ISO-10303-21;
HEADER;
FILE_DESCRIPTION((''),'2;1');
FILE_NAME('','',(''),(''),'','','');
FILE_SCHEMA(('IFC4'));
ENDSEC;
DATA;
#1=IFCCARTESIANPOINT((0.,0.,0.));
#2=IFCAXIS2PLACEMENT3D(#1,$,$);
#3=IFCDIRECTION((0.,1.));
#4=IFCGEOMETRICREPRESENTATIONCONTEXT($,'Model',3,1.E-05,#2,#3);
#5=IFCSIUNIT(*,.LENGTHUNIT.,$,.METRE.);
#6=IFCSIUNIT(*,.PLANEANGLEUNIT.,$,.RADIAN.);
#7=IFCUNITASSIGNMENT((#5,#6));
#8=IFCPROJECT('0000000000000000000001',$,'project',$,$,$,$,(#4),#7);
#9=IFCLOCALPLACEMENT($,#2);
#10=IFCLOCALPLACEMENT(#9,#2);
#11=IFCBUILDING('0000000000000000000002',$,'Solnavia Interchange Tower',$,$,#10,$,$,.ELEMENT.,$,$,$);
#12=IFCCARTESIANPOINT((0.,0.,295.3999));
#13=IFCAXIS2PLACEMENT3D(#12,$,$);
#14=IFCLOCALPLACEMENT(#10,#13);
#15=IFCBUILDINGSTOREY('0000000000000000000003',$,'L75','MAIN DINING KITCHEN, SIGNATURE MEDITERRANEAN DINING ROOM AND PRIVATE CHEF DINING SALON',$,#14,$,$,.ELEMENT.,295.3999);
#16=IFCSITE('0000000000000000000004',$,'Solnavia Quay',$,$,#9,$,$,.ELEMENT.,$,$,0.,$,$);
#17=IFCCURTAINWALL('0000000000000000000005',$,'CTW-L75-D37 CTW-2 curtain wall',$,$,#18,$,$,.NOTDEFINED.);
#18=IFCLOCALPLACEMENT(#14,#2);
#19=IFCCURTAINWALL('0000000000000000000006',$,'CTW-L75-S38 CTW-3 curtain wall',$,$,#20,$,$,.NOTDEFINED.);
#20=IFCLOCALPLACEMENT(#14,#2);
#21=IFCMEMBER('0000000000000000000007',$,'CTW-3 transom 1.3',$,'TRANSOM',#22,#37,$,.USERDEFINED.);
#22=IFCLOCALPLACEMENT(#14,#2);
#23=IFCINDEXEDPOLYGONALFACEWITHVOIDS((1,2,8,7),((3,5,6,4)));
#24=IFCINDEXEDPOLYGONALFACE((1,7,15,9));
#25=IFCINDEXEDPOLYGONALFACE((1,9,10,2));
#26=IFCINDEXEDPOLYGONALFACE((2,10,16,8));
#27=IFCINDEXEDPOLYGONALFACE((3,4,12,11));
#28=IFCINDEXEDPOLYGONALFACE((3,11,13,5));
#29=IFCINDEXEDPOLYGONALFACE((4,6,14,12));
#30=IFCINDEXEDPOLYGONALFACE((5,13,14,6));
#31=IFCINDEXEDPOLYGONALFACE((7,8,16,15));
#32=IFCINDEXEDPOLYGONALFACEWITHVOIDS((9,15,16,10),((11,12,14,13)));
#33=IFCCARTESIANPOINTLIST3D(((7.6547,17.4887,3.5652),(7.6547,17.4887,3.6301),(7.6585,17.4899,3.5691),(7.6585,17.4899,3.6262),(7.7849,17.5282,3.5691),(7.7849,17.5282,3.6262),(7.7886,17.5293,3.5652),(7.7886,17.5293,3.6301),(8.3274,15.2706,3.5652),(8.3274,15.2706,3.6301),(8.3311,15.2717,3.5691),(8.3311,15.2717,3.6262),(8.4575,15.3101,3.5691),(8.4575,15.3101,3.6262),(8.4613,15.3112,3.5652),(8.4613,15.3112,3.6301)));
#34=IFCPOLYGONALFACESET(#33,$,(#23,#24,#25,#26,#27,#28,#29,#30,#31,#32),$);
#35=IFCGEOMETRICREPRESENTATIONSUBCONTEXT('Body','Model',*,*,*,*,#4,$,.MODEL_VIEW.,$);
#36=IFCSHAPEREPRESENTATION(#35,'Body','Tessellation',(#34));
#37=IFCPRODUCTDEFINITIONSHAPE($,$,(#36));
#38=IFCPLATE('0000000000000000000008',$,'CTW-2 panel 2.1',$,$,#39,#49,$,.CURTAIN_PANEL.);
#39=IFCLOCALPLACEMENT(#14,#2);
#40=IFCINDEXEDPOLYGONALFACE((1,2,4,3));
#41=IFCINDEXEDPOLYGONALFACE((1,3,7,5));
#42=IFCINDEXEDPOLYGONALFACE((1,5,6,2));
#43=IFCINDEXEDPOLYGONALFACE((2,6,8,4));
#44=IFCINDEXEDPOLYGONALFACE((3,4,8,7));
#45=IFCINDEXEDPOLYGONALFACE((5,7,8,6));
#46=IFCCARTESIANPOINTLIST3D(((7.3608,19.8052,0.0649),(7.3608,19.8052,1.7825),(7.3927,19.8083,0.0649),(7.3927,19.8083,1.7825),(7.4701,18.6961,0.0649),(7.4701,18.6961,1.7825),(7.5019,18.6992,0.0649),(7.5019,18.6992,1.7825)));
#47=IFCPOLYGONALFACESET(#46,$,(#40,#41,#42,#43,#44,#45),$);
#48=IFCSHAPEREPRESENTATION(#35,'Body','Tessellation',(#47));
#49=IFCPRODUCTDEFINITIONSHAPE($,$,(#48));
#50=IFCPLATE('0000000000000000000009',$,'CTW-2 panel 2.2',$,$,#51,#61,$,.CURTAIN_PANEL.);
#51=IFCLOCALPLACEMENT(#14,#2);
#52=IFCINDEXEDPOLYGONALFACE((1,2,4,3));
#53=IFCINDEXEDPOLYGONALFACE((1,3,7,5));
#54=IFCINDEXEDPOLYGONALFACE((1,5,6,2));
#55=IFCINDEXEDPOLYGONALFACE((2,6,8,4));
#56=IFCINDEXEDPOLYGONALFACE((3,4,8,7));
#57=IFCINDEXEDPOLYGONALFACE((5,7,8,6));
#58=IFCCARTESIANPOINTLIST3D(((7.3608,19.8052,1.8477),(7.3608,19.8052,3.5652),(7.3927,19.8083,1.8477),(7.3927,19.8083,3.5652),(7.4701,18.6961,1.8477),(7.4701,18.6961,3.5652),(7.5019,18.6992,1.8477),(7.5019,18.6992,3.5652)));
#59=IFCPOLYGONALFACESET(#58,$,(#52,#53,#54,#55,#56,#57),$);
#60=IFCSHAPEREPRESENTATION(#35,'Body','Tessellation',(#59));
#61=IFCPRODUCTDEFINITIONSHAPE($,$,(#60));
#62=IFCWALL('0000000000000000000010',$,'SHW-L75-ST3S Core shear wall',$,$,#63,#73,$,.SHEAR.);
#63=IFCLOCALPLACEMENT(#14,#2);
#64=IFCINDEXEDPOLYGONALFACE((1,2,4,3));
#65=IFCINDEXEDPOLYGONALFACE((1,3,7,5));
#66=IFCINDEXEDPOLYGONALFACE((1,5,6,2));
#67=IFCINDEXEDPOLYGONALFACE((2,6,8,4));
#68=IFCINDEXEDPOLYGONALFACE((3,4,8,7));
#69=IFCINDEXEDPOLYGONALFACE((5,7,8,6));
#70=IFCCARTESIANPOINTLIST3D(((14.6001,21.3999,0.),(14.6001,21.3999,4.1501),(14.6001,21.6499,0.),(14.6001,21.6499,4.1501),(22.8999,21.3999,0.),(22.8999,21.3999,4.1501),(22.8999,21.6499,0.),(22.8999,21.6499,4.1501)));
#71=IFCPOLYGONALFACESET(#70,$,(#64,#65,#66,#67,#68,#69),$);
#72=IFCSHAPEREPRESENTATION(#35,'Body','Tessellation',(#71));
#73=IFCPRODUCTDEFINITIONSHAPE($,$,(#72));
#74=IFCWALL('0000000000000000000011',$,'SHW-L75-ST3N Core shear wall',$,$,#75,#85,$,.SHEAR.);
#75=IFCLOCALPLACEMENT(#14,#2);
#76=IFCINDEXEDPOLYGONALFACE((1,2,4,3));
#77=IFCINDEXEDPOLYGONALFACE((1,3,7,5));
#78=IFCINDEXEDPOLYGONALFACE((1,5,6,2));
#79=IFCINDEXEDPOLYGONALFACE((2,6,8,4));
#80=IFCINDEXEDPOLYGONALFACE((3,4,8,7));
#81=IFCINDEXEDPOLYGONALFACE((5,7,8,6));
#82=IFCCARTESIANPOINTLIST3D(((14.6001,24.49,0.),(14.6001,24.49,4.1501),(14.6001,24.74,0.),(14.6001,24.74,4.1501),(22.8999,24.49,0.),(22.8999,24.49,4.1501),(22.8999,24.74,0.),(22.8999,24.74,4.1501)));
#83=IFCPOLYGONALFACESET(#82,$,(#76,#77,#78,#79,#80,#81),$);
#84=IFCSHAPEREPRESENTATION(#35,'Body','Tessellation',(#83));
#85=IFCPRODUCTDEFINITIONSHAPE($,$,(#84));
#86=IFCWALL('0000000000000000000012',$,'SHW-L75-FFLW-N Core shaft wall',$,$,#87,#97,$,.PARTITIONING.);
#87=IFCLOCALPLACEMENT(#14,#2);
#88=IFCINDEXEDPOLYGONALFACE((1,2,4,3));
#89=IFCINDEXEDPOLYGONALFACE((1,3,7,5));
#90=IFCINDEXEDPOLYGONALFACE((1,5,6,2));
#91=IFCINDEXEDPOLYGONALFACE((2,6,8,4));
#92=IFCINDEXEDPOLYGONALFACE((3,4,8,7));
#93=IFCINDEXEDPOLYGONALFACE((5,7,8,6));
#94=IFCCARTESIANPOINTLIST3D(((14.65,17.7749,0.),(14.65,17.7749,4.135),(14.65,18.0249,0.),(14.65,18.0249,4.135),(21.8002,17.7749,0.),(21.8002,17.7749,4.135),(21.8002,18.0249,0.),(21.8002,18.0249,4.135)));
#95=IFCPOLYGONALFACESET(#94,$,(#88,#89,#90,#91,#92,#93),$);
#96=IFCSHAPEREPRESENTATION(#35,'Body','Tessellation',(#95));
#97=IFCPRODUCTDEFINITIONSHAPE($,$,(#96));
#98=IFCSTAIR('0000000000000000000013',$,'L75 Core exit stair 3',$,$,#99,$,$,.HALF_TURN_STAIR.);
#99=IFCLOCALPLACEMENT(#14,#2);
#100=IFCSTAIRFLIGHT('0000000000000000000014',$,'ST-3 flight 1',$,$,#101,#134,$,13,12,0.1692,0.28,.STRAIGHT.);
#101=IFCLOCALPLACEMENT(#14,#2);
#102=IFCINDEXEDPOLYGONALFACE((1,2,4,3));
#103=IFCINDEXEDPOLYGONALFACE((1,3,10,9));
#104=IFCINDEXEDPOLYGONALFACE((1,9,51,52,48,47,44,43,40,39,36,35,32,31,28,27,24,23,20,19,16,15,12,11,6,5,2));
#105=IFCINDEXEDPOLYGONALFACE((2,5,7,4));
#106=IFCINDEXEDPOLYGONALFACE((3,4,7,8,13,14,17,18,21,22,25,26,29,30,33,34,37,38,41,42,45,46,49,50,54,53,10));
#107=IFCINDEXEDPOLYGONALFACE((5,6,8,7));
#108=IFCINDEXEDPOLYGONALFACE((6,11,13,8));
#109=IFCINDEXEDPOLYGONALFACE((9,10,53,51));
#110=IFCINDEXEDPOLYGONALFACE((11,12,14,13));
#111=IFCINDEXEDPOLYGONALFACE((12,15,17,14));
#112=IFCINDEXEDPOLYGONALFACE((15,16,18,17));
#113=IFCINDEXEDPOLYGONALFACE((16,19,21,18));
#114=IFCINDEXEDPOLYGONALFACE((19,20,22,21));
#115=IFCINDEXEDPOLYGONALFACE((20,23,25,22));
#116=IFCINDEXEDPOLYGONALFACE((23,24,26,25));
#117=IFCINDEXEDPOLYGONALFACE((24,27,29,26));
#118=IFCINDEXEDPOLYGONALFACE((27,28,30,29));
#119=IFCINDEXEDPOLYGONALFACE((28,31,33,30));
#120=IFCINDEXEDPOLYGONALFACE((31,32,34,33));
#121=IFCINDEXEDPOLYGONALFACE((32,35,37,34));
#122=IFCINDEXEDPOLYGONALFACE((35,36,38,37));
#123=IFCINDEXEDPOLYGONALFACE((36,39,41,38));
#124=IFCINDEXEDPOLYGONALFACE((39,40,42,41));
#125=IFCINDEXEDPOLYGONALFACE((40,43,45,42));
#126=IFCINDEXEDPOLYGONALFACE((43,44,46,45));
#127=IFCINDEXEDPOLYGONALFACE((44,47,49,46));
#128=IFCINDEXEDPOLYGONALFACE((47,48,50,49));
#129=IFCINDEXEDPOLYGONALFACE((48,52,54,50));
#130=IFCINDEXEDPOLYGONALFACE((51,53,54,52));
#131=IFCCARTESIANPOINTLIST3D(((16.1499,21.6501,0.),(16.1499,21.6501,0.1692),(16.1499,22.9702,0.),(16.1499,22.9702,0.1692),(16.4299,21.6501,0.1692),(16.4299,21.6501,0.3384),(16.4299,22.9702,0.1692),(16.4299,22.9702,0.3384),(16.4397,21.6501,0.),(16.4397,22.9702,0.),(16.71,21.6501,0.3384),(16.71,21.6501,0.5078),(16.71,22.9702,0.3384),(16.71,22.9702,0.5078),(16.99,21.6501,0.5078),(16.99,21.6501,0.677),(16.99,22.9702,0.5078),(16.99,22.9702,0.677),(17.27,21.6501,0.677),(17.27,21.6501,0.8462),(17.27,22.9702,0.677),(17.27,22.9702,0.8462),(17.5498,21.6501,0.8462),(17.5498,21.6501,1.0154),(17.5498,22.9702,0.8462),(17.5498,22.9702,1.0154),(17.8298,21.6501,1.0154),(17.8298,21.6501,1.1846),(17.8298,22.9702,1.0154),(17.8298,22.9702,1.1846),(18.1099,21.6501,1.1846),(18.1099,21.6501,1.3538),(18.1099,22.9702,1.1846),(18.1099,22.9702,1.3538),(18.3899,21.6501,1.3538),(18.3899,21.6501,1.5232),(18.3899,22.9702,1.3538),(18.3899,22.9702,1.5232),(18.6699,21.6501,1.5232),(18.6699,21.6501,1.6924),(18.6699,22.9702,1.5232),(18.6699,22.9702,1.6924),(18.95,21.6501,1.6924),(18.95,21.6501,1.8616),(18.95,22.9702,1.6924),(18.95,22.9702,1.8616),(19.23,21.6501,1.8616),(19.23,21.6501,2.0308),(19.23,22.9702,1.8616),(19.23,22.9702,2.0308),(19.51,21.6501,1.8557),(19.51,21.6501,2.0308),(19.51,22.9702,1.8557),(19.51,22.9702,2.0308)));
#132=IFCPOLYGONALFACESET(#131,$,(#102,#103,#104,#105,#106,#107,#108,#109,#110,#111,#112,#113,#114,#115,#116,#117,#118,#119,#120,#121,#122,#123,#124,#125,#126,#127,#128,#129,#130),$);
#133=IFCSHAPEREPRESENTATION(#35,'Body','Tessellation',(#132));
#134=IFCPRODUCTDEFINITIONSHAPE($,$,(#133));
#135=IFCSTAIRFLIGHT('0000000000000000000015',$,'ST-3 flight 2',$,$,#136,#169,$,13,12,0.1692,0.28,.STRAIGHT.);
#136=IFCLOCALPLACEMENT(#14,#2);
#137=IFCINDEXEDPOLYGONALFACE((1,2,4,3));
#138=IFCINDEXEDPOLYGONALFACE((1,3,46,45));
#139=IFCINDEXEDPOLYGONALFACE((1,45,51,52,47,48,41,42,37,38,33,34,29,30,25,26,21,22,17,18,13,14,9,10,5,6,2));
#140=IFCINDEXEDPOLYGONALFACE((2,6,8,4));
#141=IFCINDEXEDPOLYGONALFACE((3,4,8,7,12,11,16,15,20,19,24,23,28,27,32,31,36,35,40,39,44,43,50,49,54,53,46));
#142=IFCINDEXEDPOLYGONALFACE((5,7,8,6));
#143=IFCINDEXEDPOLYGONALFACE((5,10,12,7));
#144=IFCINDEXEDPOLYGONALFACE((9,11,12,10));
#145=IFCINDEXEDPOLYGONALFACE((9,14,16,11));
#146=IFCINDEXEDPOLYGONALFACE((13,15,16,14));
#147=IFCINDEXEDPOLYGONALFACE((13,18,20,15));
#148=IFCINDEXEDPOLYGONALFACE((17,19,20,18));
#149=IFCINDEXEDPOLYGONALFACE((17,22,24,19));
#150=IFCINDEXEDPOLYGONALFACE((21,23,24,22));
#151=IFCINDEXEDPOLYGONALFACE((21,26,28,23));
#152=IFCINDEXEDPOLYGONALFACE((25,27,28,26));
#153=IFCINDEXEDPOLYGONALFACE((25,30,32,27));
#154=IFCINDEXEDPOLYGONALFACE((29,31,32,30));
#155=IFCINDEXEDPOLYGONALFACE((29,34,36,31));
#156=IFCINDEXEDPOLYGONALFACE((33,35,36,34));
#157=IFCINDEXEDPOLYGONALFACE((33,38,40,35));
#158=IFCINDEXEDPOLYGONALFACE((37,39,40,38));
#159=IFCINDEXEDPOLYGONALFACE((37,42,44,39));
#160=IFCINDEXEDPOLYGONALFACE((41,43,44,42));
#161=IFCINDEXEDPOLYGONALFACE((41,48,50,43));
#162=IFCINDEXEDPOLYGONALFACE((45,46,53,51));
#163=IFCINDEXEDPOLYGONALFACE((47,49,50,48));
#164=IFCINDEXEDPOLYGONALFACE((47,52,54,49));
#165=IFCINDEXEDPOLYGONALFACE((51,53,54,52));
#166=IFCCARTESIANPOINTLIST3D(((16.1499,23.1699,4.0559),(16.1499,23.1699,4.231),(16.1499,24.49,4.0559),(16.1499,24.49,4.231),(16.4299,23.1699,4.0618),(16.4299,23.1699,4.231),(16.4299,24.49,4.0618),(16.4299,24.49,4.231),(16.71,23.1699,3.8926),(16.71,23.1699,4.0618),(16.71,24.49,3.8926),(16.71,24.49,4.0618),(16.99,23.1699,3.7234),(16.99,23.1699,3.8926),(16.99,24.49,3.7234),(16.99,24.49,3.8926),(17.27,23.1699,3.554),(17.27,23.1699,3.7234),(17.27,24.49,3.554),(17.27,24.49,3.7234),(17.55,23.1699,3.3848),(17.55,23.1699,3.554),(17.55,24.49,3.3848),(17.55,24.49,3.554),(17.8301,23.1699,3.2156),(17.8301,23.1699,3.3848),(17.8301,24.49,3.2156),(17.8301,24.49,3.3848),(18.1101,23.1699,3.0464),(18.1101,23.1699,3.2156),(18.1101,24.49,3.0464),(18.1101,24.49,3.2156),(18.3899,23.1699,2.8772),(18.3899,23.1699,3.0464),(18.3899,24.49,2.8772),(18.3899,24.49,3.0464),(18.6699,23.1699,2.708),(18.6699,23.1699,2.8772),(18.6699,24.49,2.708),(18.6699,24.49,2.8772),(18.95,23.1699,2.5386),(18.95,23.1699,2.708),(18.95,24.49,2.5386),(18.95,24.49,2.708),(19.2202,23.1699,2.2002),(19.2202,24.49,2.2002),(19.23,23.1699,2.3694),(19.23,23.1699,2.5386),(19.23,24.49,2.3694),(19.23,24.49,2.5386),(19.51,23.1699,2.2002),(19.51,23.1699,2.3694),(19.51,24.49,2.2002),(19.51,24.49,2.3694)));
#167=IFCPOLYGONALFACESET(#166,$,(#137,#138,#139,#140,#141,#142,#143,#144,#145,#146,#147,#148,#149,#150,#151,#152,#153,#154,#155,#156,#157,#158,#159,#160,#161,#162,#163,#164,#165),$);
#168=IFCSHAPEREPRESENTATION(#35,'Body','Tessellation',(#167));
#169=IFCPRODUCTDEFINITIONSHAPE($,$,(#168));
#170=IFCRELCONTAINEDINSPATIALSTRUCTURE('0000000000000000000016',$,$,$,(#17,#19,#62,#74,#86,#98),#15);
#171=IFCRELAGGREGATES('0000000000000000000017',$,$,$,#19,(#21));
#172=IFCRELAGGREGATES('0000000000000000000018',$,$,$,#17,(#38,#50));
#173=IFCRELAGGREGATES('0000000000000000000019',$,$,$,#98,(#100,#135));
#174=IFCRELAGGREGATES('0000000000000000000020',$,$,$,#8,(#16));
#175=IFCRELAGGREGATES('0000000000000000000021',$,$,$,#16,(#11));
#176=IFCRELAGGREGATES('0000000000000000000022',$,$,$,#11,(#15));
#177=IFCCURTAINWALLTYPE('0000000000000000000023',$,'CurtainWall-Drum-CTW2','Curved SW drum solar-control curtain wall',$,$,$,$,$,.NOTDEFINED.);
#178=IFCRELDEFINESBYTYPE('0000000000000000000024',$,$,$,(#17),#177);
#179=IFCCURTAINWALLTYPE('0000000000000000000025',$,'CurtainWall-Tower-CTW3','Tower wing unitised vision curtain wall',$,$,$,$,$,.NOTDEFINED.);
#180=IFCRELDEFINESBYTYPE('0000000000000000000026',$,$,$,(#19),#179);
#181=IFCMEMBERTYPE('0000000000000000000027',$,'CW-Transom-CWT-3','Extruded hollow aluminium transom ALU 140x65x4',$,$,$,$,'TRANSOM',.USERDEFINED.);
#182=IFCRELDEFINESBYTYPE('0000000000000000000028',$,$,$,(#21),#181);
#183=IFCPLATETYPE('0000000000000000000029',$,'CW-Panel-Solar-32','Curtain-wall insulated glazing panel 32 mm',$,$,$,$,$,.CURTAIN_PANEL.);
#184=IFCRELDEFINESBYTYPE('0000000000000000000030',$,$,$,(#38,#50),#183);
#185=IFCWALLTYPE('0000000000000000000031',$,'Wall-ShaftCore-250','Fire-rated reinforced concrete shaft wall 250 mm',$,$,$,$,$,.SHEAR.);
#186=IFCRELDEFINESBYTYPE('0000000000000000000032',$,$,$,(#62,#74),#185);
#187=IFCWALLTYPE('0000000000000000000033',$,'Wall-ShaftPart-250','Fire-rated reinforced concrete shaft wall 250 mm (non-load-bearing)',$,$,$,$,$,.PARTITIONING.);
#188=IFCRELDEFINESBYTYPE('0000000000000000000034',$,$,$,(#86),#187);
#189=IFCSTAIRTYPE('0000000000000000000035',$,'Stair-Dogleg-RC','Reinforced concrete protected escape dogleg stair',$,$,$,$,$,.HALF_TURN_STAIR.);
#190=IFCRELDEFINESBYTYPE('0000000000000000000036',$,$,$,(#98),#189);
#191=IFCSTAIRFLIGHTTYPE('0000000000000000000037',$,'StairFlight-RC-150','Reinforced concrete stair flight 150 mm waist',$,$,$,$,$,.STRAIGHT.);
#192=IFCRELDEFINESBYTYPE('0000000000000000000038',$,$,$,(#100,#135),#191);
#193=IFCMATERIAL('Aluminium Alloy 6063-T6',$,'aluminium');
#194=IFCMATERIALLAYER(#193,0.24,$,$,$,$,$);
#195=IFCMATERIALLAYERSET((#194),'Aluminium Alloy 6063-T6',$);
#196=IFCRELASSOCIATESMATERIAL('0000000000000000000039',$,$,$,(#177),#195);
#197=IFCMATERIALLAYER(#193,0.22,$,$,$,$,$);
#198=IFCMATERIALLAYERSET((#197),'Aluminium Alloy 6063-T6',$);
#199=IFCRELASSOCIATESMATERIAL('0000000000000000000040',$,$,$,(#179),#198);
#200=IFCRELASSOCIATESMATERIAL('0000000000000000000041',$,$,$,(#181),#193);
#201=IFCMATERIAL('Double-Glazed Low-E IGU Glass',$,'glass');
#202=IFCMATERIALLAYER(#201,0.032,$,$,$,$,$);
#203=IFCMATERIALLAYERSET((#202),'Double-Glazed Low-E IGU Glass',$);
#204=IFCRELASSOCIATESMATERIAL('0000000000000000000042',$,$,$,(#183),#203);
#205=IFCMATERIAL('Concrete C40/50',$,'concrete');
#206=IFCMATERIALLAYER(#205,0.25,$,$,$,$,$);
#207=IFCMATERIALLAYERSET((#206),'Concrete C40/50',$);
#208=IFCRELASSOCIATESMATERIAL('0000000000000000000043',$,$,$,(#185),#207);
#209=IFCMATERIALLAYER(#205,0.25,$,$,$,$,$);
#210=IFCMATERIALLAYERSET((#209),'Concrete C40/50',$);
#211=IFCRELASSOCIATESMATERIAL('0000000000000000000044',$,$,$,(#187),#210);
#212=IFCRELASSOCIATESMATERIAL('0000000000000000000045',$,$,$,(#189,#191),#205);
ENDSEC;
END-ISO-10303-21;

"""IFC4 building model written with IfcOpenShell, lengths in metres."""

from ifc_helpers import new_model, si_unit, direction, frame, frame_2d, origin, origin_2d, place, context, subcontext, project, spatial, polyline, rectangle, hollow_rectangle, outline, extrude, material, layer, layer_set, material_profile, profile_set, type_object, element, aggregate, save


model = new_model("IFC4")

# Units and contexts
model_context = context("Model", 3, precision=1e-05, world=origin(), true_north=direction((0.0, 1.0)))
body_context = subcontext(model_context, "Body", "Model", "MODEL_VIEW")
ifc_project = project(units=[si_unit("LENGTHUNIT", "METRE"), si_unit("PLANEANGLEUNIT", "RADIAN")], contexts=[model_context])

# Site, building, storey
site_placement = place(None, origin())
site = spatial("IfcSite", under=ifc_project, at=site_placement, Name="Solnavia Quay", CompositionType="ELEMENT", RefElevation=0.0)
building_placement = place(site_placement, origin())
building = spatial("IfcBuilding", under=site, at=building_placement, Name="Solnavia Interchange Tower", CompositionType="ELEMENT")
storey_placement = place(building_placement, frame((0.0, 0.0, 295.3999)))
storey = spatial("IfcBuildingStorey", under=building, at=storey_placement, Name="L75", Description="MAIN DINING KITCHEN, SIGNATURE MEDITERRANEAN DINING ROOM AND PRIVATE CHEF DINING SALON", CompositionType="ELEMENT", Elevation=295.3999)

# Curtain walls
ifc_material_1 = material(Name="Aluminium Alloy 6063-T6", Category="aluminium")
ifc_layer_1 = layer(ifc_material_1, 0.24)
ifc_layer_set_1 = layer_set([ifc_layer_1], Name="Aluminium Alloy 6063-T6")
curtain_wall_type_1 = type_object("IfcCurtainWallType", Name="CurtainWall-Drum-CTW2", Description="Curved SW drum solar-control curtain wall", PredefinedType="NOTDEFINED", material=ifc_layer_set_1)
curtain_wall_1_placement = place(storey_placement, origin())
curtain_wall_1 = element("IfcCurtainWall", 1, at=curtain_wall_1_placement, inside=storey, type_object=curtain_wall_type_1, Name="CTW-L75-D37 CTW-2 curtain wall", PredefinedType="NOTDEFINED")
ifc_layer_2 = layer(ifc_material_1, 0.22)
ifc_layer_set_2 = layer_set([ifc_layer_2], Name="Aluminium Alloy 6063-T6")
curtain_wall_type_2 = type_object("IfcCurtainWallType", Name="CurtainWall-Tower-CTW3", Description="Tower wing unitised vision curtain wall", PredefinedType="NOTDEFINED", material=ifc_layer_set_2)
curtain_wall_2_placement = place(storey_placement, origin())
curtain_wall_2 = element("IfcCurtainWall", 2, at=curtain_wall_2_placement, inside=storey, type_object=curtain_wall_type_2, Name="CTW-L75-S38 CTW-3 curtain wall", PredefinedType="NOTDEFINED")

# Member
ifc_material_profile_1 = material_profile(ifc_material_1, hollow_rectangle(XDim=0.0649, YDim=0.1399, WallThickness=0.0039, at=origin_2d()), Name="ALU 140x65x4")
ifc_profile_set_1 = profile_set([ifc_material_profile_1], Name="Aluminium Alloy 6063-T6")
member_type_1 = type_object("IfcMemberType", Name="CW-Transom-CWT-3", Description="Extruded hollow aluminium transom ALU 140x65x4", ElementType="TRANSOM", PredefinedType="USERDEFINED", material=ifc_profile_set_1)
member_1_placement = place(storey_placement, frame((7.7217, 17.509, 3.5977), z_axis=(0.290197, -0.956967, 0.0), x_axis=(0.0, 0.0, 1.0)))
member_1 = element("IfcMember", 3, at=member_1_placement, type_object=member_type_1, Name="CTW-3 transom 1.3", ObjectType="TRANSOM", PredefinedType="USERDEFINED", context=body_context, shape_type="SweptSolid", body=[
    extrude(hollow_rectangle(XDim=0.0649, YDim=0.1399, WallThickness=0.0039, at=origin_2d()), origin(), (0.0, 0.0, 1.0), 2.3179),
])
aggregate(curtain_wall_2, [member_1])

# Plates
ifc_material_2 = material(Name="Double-Glazed Low-E IGU Glass", Category="glass")
ifc_layer_3 = layer(ifc_material_2, 0.032)
ifc_layer_set_3 = layer_set([ifc_layer_3], Name="Double-Glazed Low-E IGU Glass")
plate_type = type_object("IfcPlateType", Name="CW-Panel-Solar-32", Description="Curtain-wall insulated glazing panel 32 mm", PredefinedType="CURTAIN_PANEL", material=ifc_layer_set_3)
plate_1_placement = place(storey_placement, frame((7.4314, 19.2522, 0.0649), z_axis=(0.0, 0.0, 1.0), x_axis=(0.098043, -0.995182, 0.0)))
plate_1 = element("IfcPlate", 4, at=plate_1_placement, type_object=plate_type, Name="CTW-2 panel 2.1", PredefinedType="CURTAIN_PANEL", context=body_context, shape_type="SweptSolid", body=[
    extrude(rectangle(XDim=1.1145, YDim=0.032, at=origin_2d()), origin(), (0.0, 0.0, 1.0), 1.7175),
])
plate_2_placement = place(storey_placement, frame((7.4314, 19.2522, 1.8477), z_axis=(0.0, 0.0, 1.0), x_axis=(0.098043, -0.995182, 0.0)))
plate_2 = element("IfcPlate", 5, at=plate_2_placement, type_object=plate_type, Name="CTW-2 panel 2.2", PredefinedType="CURTAIN_PANEL", context=body_context, shape_type="SweptSolid", body=[
    extrude(rectangle(XDim=1.1145, YDim=0.032, at=origin_2d()), origin(), (0.0, 0.0, 1.0), 1.7175),
])
aggregate(curtain_wall_1, [plate_1, plate_2])

# Walls
ifc_material_3 = material(Name="Concrete C40/50", Category="concrete")
ifc_layer_4 = layer(ifc_material_3, 0.25)
ifc_layer_set_4 = layer_set([ifc_layer_4], Name="Concrete C40/50")
wall_type_1 = type_object("IfcWallType", Name="Wall-ShaftCore-250", Description="Fire-rated reinforced concrete shaft wall 250 mm", PredefinedType="SHEAR", material=ifc_layer_set_4)
for number, where, z_axis, x_axis, name in (
    (6, (14.6001, 21.5249, 0.0), (0.0, 0.0, 1.0), (1.0, 0.0, 0.0), "SHW-L75-ST3S Core shear wall"),
    (7, (14.6001, 24.615, 0.0), (0.0, 0.0, 1.0), (1.0, 0.0, 0.0), "SHW-L75-ST3N Core shear wall"),
):
    element("IfcWall", number, at=place(storey_placement, frame(where, z_axis=z_axis, x_axis=x_axis)), inside=storey, type_object=wall_type_1, Name=name, PredefinedType="SHEAR", context=body_context, shape_type="SweptSolid", body=[
        extrude(rectangle(XDim=8.2998, YDim=0.25, at=frame_2d((4.1499, 0.0))), origin(), (0.0, 0.0, 1.0), 4.1501),
    ])
ifc_layer_5 = layer(ifc_material_3, 0.25)
ifc_layer_set_5 = layer_set([ifc_layer_5], Name="Concrete C40/50")
wall_type_2 = type_object("IfcWallType", Name="Wall-ShaftPart-250", Description="Fire-rated reinforced concrete shaft wall 250 mm (non-load-bearing)", PredefinedType="PARTITIONING", material=ifc_layer_set_5)
wall_placement = place(storey_placement, frame((14.6499, 17.8999, 0.0), z_axis=(0.0, 0.0, 1.0), x_axis=(1.0, 0.0, 0.0)))
element("IfcWall", 8, at=wall_placement, inside=storey, type_object=wall_type_2, Name="SHW-L75-FFLW-N Core shaft wall", PredefinedType="PARTITIONING", context=body_context, shape_type="SweptSolid", body=[
    extrude(rectangle(XDim=7.1501, YDim=0.25, at=frame_2d((3.5752, 0.0))), origin(), (0.0, 0.0, 1.0), 4.135),
])

# Stair, stair flights
stair_type = type_object("IfcStairType", Name="Stair-Dogleg-RC", Description="Reinforced concrete protected escape dogleg stair", PredefinedType="HALF_TURN_STAIR", material=ifc_material_3)
stair_placement = place(storey_placement, origin())
stair = element("IfcStair", 9, at=stair_placement, inside=storey, type_object=stair_type, Name="L75 Core exit stair 3", PredefinedType="HALF_TURN_STAIR")
stair_flight_type = type_object("IfcStairFlightType", Name="StairFlight-RC-150", Description="Reinforced concrete stair flight 150 mm waist", PredefinedType="STRAIGHT", material=ifc_material_3)
stair_flight_1_placement = place(storey_placement, frame((16.1499, 22.3101, 0.0), z_axis=(0.0, 0.0, 1.0), x_axis=(1.0, 0.0, 0.0)))
stair_flight_1 = element("IfcStairFlight", 10, at=stair_flight_1_placement, type_object=stair_flight_type, Name="ST-3 flight 1", NumberOfRisers=13, NumberOfTreads=12, PredefinedType="STRAIGHT", RiserHeight=0.1692, TreadLength=0.28, context=body_context, shape_type="SweptSolid", body=[
    extrude(outline(polyline([(0.0, 0.0), (0.0, 0.1692), (0.28, 0.1692), (0.28, 0.3384), (0.5601, 0.3384), (0.5601, 0.5078), (0.8401, 0.5078), (0.8401, 0.677), (1.1201, 0.677), (1.1201, 0.8462), (1.3999, 0.8462), (1.3999, 1.0154), (1.6799, 1.0154), (1.6799, 1.1846), (1.96, 1.1846), (1.96, 1.3538), (2.24, 1.3538), (2.24, 1.5232), (2.52, 1.5232), (2.52, 1.6924), (2.8, 1.6924), (2.8, 1.8616), (3.0801, 1.8616), (3.0801, 2.0308), (3.3601, 2.0308), (3.3601, 2.2), (3.3601, 1.8557), (0.2898, 0.0), (0.0, 0.0)])), frame((0.0, 0.6602, 0.0), z_axis=(0.0, -1.0, 0.0), x_axis=(1.0, 0.0, 0.0)), (0.0, 0.0, 1.0), 1.3201),
])
stair_flight_2_placement = place(storey_placement, frame((19.51, 23.8301, 2.2002), z_axis=(0.0, 0.0, 1.0), x_axis=(-1.0, 0.0, 0.0)))
stair_flight_2 = element("IfcStairFlight", 11, at=stair_flight_2_placement, type_object=stair_flight_type, Name="ST-3 flight 2", NumberOfRisers=13, NumberOfTreads=12, PredefinedType="STRAIGHT", RiserHeight=0.1692, TreadLength=0.28, context=body_context, shape_type="SweptSolid", body=[
    extrude(outline(polyline([(0.0, 0.0), (0.0, 0.1692), (0.28, 0.1692), (0.28, 0.3384), (0.5601, 0.3384), (0.5601, 0.5078), (0.8401, 0.5078), (0.8401, 0.677), (1.1201, 0.677), (1.1201, 0.8462), (1.3999, 0.8462), (1.3999, 1.0154), (1.6799, 1.0154), (1.6799, 1.1846), (1.96, 1.1846), (1.96, 1.3538), (2.24, 1.3538), (2.24, 1.5232), (2.52, 1.5232), (2.52, 1.6924), (2.8, 1.6924), (2.8, 1.8616), (3.0801, 1.8616), (3.0801, 2.0308), (3.3601, 2.0308), (3.3601, 2.2), (3.3601, 1.8557), (0.2898, 0.0), (0.0, 0.0)])), frame((0.0, 0.6602, 0.0), z_axis=(0.0, -1.0, 0.0), x_axis=(1.0, 0.0, 0.0)), (0.0, 0.0, 1.0), 1.3201),
])
aggregate(stair, [stair_flight_1, stair_flight_2])

save(model, "model.ifc")
